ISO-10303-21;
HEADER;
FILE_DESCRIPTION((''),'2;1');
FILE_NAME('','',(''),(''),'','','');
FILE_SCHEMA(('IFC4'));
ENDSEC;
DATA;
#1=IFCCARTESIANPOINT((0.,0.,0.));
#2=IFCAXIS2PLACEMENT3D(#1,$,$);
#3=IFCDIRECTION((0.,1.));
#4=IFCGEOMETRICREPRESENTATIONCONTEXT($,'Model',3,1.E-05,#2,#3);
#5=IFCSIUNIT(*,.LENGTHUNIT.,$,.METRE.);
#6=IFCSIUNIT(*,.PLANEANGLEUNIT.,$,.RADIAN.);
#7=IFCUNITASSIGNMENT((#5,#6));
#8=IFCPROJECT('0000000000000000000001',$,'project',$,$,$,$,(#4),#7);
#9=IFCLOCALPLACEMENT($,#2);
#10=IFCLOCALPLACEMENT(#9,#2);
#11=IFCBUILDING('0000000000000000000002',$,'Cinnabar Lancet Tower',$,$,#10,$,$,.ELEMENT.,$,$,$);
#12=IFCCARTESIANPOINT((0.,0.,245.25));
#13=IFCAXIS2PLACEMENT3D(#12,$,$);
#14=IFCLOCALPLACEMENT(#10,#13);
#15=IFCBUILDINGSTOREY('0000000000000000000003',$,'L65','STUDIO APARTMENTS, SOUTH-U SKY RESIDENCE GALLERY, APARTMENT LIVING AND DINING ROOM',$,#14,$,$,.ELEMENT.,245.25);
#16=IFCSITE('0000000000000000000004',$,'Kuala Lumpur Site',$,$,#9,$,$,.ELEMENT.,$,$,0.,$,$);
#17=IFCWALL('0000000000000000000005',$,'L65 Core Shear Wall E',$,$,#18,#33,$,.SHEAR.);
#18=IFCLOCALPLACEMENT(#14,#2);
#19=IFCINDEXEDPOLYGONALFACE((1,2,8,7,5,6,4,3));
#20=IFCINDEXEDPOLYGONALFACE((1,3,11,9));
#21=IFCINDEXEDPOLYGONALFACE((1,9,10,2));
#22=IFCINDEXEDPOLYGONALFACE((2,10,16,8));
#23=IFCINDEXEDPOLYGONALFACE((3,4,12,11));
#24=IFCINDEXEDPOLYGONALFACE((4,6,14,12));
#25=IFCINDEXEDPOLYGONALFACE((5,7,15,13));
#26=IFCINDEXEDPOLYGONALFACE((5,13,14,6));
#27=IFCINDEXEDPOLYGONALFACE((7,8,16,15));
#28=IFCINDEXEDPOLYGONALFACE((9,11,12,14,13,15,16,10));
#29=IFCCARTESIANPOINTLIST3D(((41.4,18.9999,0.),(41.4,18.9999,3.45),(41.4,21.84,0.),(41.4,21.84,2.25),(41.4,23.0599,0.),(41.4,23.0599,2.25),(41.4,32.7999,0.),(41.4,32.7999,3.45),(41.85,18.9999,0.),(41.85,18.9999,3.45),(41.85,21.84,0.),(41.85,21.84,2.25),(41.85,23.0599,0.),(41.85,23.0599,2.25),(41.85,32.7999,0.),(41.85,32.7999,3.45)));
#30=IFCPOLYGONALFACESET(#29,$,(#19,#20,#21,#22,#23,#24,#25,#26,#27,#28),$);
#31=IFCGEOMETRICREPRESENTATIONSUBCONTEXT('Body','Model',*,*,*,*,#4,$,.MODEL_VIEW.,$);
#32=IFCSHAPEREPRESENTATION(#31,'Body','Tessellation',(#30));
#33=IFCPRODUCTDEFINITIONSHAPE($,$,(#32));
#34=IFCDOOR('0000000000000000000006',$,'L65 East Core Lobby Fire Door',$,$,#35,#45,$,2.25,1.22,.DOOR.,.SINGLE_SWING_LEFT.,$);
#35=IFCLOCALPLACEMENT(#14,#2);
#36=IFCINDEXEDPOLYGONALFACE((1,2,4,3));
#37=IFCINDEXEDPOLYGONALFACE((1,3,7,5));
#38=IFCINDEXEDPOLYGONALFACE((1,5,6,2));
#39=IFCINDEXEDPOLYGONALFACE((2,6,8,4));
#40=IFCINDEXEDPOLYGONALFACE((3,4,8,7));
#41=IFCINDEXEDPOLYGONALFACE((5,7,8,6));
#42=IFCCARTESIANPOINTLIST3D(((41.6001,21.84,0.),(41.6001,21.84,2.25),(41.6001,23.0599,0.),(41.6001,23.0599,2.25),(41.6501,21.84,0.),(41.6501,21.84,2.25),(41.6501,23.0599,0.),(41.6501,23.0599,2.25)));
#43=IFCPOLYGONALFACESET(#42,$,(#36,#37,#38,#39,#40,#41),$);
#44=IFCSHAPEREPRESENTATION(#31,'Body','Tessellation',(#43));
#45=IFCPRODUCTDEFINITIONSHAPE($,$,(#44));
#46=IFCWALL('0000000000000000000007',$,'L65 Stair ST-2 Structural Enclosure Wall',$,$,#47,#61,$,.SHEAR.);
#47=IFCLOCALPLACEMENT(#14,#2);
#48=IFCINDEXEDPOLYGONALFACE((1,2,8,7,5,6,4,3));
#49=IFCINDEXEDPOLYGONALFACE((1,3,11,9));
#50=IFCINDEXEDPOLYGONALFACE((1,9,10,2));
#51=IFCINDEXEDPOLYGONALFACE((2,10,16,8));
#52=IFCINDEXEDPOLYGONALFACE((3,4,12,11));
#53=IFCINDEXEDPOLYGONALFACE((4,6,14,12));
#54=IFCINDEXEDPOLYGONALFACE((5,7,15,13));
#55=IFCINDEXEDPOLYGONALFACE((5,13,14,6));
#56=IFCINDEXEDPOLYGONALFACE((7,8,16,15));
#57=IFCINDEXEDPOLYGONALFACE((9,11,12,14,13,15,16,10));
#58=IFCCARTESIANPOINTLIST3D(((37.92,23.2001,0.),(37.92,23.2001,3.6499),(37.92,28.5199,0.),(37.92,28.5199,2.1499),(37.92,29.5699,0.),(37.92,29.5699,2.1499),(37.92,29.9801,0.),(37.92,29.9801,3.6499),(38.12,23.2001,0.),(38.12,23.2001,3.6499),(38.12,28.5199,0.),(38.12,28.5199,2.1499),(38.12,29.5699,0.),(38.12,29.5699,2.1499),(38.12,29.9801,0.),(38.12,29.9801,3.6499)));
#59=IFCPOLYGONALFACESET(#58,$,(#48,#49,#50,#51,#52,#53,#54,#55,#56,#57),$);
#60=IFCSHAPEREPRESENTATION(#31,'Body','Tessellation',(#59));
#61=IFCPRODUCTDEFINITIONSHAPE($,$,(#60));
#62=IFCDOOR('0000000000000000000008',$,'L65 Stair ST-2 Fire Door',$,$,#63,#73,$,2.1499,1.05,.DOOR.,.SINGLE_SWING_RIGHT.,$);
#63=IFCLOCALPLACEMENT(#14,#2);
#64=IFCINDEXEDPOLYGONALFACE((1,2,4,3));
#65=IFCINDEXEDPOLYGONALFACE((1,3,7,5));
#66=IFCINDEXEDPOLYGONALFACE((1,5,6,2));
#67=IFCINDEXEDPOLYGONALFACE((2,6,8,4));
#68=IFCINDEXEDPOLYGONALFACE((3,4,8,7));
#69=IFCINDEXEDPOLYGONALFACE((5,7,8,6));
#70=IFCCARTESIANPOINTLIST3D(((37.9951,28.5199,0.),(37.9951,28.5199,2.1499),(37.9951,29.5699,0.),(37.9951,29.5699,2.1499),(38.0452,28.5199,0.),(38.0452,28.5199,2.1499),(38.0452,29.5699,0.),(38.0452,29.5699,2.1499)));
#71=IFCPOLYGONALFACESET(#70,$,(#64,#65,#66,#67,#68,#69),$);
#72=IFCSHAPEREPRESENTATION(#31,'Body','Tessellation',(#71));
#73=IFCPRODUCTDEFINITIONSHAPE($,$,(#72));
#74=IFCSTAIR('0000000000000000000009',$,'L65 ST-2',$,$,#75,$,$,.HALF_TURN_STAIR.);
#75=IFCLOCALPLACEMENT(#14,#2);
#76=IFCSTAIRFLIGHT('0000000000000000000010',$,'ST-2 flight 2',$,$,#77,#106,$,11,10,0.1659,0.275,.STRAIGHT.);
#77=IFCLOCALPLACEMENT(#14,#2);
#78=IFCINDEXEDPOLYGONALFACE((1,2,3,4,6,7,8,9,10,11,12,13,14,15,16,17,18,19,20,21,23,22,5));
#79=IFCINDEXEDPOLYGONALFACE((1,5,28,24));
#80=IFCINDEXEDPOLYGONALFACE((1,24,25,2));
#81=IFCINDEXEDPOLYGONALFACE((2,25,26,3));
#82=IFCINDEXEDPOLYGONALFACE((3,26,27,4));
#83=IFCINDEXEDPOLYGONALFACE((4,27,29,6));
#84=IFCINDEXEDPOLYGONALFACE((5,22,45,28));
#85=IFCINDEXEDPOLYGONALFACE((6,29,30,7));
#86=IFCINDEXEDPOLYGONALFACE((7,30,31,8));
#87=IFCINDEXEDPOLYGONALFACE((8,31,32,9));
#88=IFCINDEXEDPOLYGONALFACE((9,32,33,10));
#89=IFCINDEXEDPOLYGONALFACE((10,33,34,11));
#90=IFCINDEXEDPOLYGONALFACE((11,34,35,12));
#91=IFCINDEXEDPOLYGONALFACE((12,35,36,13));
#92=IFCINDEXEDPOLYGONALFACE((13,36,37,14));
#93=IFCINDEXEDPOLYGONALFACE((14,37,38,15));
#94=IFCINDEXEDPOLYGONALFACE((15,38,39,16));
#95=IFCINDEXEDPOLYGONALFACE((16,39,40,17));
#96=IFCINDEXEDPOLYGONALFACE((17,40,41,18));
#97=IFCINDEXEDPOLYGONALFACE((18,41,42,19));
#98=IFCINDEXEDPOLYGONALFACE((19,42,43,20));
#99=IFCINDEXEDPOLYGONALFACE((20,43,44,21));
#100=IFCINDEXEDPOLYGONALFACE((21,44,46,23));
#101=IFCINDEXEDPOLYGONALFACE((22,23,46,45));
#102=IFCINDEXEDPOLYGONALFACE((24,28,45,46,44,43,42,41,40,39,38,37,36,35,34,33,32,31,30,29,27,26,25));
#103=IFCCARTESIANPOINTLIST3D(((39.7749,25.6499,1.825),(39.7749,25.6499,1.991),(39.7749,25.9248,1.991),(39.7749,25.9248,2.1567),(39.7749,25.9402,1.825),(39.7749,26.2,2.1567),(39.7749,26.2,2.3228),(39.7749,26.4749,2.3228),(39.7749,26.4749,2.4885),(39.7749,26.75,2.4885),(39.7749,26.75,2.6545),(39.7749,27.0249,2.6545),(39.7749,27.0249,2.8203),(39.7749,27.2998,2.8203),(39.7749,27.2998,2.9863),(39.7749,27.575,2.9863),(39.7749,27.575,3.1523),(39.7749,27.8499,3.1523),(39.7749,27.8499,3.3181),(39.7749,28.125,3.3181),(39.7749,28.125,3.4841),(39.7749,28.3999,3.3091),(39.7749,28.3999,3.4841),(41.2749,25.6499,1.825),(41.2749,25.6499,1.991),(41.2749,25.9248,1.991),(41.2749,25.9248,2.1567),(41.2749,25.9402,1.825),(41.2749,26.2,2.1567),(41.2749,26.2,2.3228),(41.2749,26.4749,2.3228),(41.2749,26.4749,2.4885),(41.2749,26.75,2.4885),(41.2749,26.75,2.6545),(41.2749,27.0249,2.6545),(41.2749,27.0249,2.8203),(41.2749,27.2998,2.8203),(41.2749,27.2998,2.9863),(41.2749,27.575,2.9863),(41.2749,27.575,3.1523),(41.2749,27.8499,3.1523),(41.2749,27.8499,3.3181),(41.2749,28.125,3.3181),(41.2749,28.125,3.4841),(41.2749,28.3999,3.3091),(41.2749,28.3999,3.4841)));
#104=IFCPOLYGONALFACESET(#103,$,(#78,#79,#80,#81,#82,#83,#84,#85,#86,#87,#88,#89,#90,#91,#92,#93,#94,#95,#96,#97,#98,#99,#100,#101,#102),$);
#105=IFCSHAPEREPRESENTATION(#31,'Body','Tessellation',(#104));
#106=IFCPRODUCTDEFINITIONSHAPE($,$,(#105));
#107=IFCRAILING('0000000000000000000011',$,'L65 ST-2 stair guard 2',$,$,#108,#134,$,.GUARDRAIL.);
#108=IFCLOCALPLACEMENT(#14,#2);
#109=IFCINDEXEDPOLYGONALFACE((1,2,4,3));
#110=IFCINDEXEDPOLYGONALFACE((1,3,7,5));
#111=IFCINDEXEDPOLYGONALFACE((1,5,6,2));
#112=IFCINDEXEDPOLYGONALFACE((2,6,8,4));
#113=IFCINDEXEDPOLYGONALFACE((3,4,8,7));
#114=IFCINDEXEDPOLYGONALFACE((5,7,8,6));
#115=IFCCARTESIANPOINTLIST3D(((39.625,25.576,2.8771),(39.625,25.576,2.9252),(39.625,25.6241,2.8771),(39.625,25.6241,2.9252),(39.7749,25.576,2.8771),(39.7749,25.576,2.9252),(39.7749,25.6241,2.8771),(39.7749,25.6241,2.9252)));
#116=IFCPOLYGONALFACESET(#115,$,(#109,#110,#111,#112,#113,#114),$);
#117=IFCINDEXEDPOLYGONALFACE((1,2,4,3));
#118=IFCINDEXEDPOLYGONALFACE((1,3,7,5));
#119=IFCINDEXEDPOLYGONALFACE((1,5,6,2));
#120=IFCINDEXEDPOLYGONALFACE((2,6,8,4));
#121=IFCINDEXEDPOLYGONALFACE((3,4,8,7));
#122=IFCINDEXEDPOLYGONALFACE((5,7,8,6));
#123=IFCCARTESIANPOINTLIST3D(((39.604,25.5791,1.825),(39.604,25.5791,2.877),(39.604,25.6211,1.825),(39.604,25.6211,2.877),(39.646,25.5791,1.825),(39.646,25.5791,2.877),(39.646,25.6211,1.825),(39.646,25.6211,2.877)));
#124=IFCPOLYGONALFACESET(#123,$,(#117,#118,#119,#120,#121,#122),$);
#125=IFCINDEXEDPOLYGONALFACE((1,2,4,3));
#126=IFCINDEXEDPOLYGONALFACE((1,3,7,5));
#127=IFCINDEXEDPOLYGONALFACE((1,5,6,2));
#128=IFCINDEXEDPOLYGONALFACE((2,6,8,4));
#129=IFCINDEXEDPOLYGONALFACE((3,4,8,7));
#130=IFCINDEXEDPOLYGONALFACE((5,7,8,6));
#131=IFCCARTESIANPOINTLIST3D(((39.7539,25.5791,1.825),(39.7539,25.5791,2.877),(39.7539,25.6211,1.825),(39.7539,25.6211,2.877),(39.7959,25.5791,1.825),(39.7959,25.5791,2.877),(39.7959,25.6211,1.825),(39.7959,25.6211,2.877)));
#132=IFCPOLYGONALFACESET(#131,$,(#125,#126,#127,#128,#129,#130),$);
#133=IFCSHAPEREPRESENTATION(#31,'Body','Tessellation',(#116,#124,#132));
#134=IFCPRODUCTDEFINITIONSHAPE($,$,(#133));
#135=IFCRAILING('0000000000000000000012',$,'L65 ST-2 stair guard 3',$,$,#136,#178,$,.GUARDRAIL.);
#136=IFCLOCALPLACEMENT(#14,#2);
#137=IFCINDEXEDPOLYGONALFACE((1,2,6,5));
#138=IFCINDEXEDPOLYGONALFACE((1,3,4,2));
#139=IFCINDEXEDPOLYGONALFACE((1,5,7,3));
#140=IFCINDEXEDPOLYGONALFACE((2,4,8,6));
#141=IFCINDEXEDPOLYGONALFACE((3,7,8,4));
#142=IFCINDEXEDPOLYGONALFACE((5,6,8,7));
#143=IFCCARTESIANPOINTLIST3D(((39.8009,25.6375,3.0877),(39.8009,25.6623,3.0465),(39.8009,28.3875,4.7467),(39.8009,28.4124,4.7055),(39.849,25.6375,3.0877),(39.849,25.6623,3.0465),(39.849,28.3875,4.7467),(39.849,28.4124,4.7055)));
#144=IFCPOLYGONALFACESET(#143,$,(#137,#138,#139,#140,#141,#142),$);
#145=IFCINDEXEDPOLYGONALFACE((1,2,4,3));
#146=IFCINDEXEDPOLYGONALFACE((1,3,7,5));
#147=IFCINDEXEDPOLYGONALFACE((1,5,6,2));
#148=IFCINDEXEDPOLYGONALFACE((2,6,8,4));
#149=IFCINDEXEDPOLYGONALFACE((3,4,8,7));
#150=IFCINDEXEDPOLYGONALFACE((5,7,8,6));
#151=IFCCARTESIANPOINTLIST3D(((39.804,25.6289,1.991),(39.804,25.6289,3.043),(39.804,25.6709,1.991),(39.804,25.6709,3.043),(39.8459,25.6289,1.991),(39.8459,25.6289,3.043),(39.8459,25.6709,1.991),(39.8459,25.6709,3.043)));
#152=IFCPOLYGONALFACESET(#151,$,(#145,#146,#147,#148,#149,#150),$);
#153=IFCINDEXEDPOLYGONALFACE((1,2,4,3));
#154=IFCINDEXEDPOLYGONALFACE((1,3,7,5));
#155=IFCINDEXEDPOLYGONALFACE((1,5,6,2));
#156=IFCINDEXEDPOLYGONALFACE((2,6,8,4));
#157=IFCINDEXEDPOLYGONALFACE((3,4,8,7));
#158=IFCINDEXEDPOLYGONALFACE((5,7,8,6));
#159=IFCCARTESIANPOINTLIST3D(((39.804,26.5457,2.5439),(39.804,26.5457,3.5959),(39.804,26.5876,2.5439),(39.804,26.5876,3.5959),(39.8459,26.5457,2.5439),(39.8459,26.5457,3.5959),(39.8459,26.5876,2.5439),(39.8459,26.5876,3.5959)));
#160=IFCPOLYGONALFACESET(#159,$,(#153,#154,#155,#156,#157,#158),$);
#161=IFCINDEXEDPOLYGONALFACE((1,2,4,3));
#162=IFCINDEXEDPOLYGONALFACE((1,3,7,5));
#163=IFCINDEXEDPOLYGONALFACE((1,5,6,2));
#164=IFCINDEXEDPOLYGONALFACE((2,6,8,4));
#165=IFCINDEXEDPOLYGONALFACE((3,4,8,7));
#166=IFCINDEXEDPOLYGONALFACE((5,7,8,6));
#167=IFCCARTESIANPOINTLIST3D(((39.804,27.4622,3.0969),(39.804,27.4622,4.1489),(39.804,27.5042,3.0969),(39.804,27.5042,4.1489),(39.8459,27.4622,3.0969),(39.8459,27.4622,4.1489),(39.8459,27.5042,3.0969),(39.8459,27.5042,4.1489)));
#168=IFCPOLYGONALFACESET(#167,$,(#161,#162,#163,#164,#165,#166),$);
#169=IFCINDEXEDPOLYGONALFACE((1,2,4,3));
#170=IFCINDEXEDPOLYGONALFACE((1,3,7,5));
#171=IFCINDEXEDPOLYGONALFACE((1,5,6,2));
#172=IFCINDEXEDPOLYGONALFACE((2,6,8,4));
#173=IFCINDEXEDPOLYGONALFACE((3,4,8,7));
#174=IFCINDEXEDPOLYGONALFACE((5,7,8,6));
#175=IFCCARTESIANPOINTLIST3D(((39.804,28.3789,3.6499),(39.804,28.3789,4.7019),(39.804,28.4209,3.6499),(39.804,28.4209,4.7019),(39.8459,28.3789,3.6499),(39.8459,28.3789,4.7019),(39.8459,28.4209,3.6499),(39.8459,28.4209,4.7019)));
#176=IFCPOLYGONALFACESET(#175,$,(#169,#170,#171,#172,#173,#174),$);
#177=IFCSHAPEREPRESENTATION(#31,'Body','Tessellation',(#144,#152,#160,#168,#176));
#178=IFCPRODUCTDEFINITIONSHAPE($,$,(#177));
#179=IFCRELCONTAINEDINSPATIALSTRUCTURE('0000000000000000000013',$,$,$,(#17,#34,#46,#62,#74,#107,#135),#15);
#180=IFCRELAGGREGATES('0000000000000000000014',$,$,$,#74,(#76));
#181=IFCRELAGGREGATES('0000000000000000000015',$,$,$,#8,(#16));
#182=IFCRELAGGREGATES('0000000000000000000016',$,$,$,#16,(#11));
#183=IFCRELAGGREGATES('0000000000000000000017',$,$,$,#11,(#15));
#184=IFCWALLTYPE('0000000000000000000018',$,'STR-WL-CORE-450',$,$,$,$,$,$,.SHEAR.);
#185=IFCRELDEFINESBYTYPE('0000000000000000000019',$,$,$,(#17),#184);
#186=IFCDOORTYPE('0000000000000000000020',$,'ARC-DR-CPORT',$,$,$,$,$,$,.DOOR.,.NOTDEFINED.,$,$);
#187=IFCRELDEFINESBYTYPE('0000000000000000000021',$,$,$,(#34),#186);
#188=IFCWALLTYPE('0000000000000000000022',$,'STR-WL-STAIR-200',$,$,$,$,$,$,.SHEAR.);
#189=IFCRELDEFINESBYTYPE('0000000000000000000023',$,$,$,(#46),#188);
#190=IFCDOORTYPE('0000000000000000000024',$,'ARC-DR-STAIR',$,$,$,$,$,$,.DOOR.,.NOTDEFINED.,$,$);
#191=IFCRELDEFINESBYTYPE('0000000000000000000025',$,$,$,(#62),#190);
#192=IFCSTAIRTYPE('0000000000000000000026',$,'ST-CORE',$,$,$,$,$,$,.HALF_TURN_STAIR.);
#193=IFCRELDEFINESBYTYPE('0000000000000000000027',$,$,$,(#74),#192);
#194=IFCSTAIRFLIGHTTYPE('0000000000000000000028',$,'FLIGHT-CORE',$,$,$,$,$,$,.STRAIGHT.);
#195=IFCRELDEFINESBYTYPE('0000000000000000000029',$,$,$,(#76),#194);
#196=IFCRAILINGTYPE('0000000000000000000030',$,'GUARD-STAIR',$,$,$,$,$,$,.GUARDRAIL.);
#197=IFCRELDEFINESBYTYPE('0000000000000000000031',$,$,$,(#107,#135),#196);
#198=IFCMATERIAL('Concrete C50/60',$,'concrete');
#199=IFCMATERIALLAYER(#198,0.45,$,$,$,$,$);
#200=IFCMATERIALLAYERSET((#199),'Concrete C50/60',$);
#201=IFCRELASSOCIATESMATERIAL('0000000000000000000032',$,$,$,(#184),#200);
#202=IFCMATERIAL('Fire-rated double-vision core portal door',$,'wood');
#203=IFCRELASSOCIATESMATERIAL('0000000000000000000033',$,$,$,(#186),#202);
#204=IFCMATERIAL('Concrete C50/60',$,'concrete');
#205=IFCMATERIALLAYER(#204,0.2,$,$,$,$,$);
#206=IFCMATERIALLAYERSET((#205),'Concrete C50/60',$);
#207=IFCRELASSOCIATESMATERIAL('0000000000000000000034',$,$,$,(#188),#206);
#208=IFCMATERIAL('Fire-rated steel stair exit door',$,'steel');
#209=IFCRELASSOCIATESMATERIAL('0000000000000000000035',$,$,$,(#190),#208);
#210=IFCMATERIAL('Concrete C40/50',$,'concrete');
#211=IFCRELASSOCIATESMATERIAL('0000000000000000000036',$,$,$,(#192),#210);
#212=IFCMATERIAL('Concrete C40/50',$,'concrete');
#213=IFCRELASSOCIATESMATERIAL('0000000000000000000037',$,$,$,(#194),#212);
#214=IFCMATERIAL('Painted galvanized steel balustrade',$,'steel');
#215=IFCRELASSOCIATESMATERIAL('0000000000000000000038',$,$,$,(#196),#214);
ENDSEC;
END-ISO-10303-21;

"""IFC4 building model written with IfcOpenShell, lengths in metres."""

from ifc_helpers import new_model, si_unit, direction, frame, frame_2d, origin, origin_2d, place, context, subcontext, project, spatial, polyline, rectangle, outline, extrude, material, layer, layer_set, type_object, element, fill, aggregate, save


model = new_model("IFC4")

# Units and contexts
model_context = context("Model", 3, precision=1e-05, world=origin(), true_north=direction((0.0, 1.0)))
body_context = subcontext(model_context, "Body", "Model", "MODEL_VIEW")
ifc_project = project(units=[si_unit("LENGTHUNIT", "METRE"), si_unit("PLANEANGLEUNIT", "RADIAN")], contexts=[model_context])

# Site, building, storey
site_placement = place(None, origin())
site = spatial("IfcSite", under=ifc_project, at=site_placement, Name="Kuala Lumpur Site", CompositionType="ELEMENT", RefElevation=0.0)
building_placement = place(site_placement, origin())
building = spatial("IfcBuilding", under=site, at=building_placement, Name="Cinnabar Lancet Tower", CompositionType="ELEMENT")
storey_placement = place(building_placement, frame((0.0, 0.0, 245.25)))
storey = spatial("IfcBuildingStorey", under=building, at=storey_placement, Name="L65", Description="STUDIO APARTMENTS, SOUTH-U SKY RESIDENCE GALLERY, APARTMENT LIVING AND DINING ROOM", CompositionType="ELEMENT", Elevation=245.25)

# Walls, openings, doors
ifc_material_1 = material(Name="Concrete C50/60", Category="concrete")
ifc_layer_1 = layer(ifc_material_1, 0.45)
ifc_layer_set_1 = layer_set([ifc_layer_1], Name="Concrete C50/60")
wall_type_1 = type_object("IfcWallType", Name="STR-WL-CORE-450", PredefinedType="SHEAR", material=ifc_layer_set_1)
wall_1_placement = place(storey_placement, frame((41.625, 19.0, 0.0), z_axis=(0.0, 0.0, 1.0), x_axis=(0.0, 1.0, 0.0)))
wall_1 = element("IfcWall", 1, at=wall_1_placement, inside=storey, type_object=wall_type_1, Name="L65 Core Shear Wall E", PredefinedType="SHEAR", context=body_context, shape_type="SweptSolid", body=[
    extrude(rectangle(XDim=13.8, YDim=0.45, at=frame_2d((6.8999, 0.0))), origin(), (0.0, 0.0, 1.0), 3.45),
])
opening_1_placement = place(wall_1_placement, frame((2.8401, 0.0, 0.0)))
opening_1 = element("IfcOpeningElement", 2, at=opening_1_placement, cuts=wall_1, PredefinedType="OPENING", context=body_context, shape_type="SweptSolid", body=[
    extrude(rectangle(XDim=1.22, YDim=2.25, at=frame_2d((0.6099, 1.125))), frame((0.0, 0.2349, 0.0), z_axis=(0.0, -1.0, 0.0), x_axis=(1.0, 0.0, 0.0)), (0.0, 0.0, 1.0), 0.47),
])
ifc_material_2 = material(Name="Fire-rated double-vision core portal door", Category="wood")
door_type_1 = type_object("IfcDoorType", Name="ARC-DR-CPORT", OperationType="NOTDEFINED", PredefinedType="DOOR", material=ifc_material_2)
door_1_placement = place(opening_1_placement, origin())
door_1 = element("IfcDoor", 3, at=door_1_placement, inside=storey, type_object=door_type_1, Name="L65 East Core Lobby Fire Door", OperationType="SINGLE_SWING_LEFT", OverallHeight=2.25, OverallWidth=1.22, PredefinedType="DOOR", context=body_context, shape_type="SweptSolid", body=[
    extrude(rectangle(XDim=1.22, YDim=2.25, at=frame_2d((0.6099, 1.125))), frame((0.0, 0.0249, 0.0), z_axis=(0.0, -1.0, 0.0), x_axis=(1.0, 0.0, 0.0)), (0.0, 0.0, 1.0), 0.05),
])
fill(opening_1, door_1)
ifc_material_3 = material(Name="Concrete C50/60", Category="concrete")
ifc_layer_2 = layer(ifc_material_3, 0.2)
ifc_layer_set_2 = layer_set([ifc_layer_2], Name="Concrete C50/60")
wall_type_2 = type_object("IfcWallType", Name="STR-WL-STAIR-200", PredefinedType="SHEAR", material=ifc_layer_set_2)
wall_2_placement = place(storey_placement, frame((38.02, 23.2, 0.0), z_axis=(0.0, 0.0, 1.0), x_axis=(0.0, 1.0, 0.0)))
wall_2 = element("IfcWall", 4, at=wall_2_placement, inside=storey, type_object=wall_type_2, Name="L65 Stair ST-2 Structural Enclosure Wall", PredefinedType="SHEAR", context=body_context, shape_type="SweptSolid", body=[
    extrude(rectangle(XDim=6.78, YDim=0.2, at=frame_2d((3.3901, 0.0))), origin(), (0.0, 0.0, 1.0), 3.6499),
])
opening_2_placement = place(wall_2_placement, frame((5.3201, 0.0, 0.0)))
opening_2 = element("IfcOpeningElement", 5, at=opening_2_placement, cuts=wall_2, PredefinedType="OPENING", context=body_context, shape_type="SweptSolid", body=[
    extrude(rectangle(XDim=1.05, YDim=2.1499, at=frame_2d((0.5249, 1.075))), frame((0.0, 0.1099, 0.0), z_axis=(0.0, -1.0, 0.0), x_axis=(1.0, 0.0, 0.0)), (0.0, 0.0, 1.0), 0.22),
])
ifc_material_4 = material(Name="Fire-rated steel stair exit door", Category="steel")
door_type_2 = type_object("IfcDoorType", Name="ARC-DR-STAIR", OperationType="NOTDEFINED", PredefinedType="DOOR", material=ifc_material_4)
door_2_placement = place(opening_2_placement, origin())
door_2 = element("IfcDoor", 6, at=door_2_placement, inside=storey, type_object=door_type_2, Name="L65 Stair ST-2 Fire Door", OperationType="SINGLE_SWING_RIGHT", OverallHeight=2.1499, OverallWidth=1.05, PredefinedType="DOOR", context=body_context, shape_type="SweptSolid", body=[
    extrude(rectangle(XDim=1.05, YDim=2.1499, at=frame_2d((0.5249, 1.075))), frame((0.0, 0.0249, 0.0), z_axis=(0.0, -1.0, 0.0), x_axis=(1.0, 0.0, 0.0)), (0.0, 0.0, 1.0), 0.05),
])
fill(opening_2, door_2)

# Stair, stair flight
ifc_material_5 = material(Name="Concrete C40/50", Category="concrete")
stair_type = type_object("IfcStairType", Name="ST-CORE", PredefinedType="HALF_TURN_STAIR", material=ifc_material_5)
stair_placement = place(storey_placement, origin())
stair = element("IfcStair", 7, at=stair_placement, inside=storey, type_object=stair_type, Name="L65 ST-2", PredefinedType="HALF_TURN_STAIR")
ifc_material_6 = material(Name="Concrete C40/50", Category="concrete")
stair_flight_type = type_object("IfcStairFlightType", Name="FLIGHT-CORE", PredefinedType="STRAIGHT", material=ifc_material_6)
stair_flight_placement = place(storey_placement, frame((40.5249, 25.6499, 1.825), z_axis=(0.0, 0.0, 1.0), x_axis=(0.0, 1.0, 0.0)))
stair_flight = element("IfcStairFlight", 8, at=stair_flight_placement, type_object=stair_flight_type, Name="ST-2 flight 2", NumberOfRisers=11, NumberOfTreads=10, PredefinedType="STRAIGHT", RiserHeight=0.1659, TreadLength=0.275, context=body_context, shape_type="SweptSolid", body=[
    extrude(outline(polyline([(0.0, 0.0), (0.0, 0.166), (0.2749, 0.166), (0.2749, 0.3318), (0.55, 0.3318), (0.55, 0.4978), (0.825, 0.4978), (0.825, 0.6636), (1.1001, 0.6636), (1.1001, 0.8296), (1.375, 0.8296), (1.375, 0.9954), (1.6499, 0.9954), (1.6499, 1.1614), (1.925, 1.1614), (1.925, 1.3274), (2.2, 1.3274), (2.2, 1.4932), (2.4751, 1.4932), (2.4751, 1.6592), (2.75, 1.6592), (2.75, 1.825), (2.75, 1.4841), (0.2903, 0.0), (0.0, 0.0)])), frame((0.0, 0.75, 0.0), z_axis=(0.0, -1.0, 0.0), x_axis=(1.0, 0.0, 0.0)), (0.0, 0.0, 1.0), 1.5),
])
aggregate(stair, [stair_flight])

# Railings
ifc_material_7 = material(Name="Painted galvanized steel balustrade", Category="steel")
railing_type_1 = type_object("IfcRailingType", Name="GUARD-STAIR", PredefinedType="GUARDRAIL", material=ifc_material_7)
railing_1_placement = place(storey_placement, frame((39.625, 25.6001, 1.825)))
element("IfcRailing", 9, at=railing_1_placement, inside=storey, type_object=railing_type_1, Name="L65 ST-2 stair guard 2", PredefinedType="GUARDRAIL", context=body_context, shape_type="SweptSolid", body=[
    extrude(rectangle(XDim=0.0481, YDim=0.0481, at=origin_2d()), frame((0.0, 0.0, 1.0762), z_axis=(1.0, 0.0, 0.0), x_axis=(0.0, 1.0, 0.0)), (0.0, 0.0, 1.0), 0.1499),
    extrude(rectangle(XDim=0.042, YDim=0.042, at=origin_2d()), origin(), (0.0, 0.0, 1.0), 1.052),
    extrude(rectangle(XDim=0.042, YDim=0.042, at=origin_2d()), frame((0.1499, 0.0, 0.0)), (0.0, 0.0, 1.0), 1.052),
])
railing_2_placement = place(storey_placement, frame((39.825, 25.6499, 1.991)))
element("IfcRailing", 10, at=railing_2_placement, inside=storey, type_object=railing_type_1, Name="L65 ST-2 stair guard 3", PredefinedType="GUARDRAIL", context=body_context, shape_type="SweptSolid", body=[
    extrude(rectangle(XDim=0.0481, YDim=0.0481, at=origin_2d()), frame((0.0, 0.0, 1.0762), z_axis=(0.0, 0.856263, 0.51654), x_axis=(-1.0, 0.0, 0.0)), (0.0, 0.0, 1.0), 3.2117),
    extrude(rectangle(XDim=0.042, YDim=0.042, at=origin_2d()), origin(), (0.0, 0.0, 1.0), 1.052),
    extrude(rectangle(XDim=0.042, YDim=0.042, at=origin_2d()), frame((0.0, 0.9167, 0.553)), (0.0, 0.0, 1.0), 1.052),
    extrude(rectangle(XDim=0.042, YDim=0.042, at=origin_2d()), frame((0.0, 1.8333, 1.106)), (0.0, 0.0, 1.0), 1.052),
    extrude(rectangle(XDim=0.042, YDim=0.042, at=origin_2d()), frame((0.0, 2.75, 1.6589)), (0.0, 0.0, 1.0), 1.052),
])

save(model, "model.ifc")
